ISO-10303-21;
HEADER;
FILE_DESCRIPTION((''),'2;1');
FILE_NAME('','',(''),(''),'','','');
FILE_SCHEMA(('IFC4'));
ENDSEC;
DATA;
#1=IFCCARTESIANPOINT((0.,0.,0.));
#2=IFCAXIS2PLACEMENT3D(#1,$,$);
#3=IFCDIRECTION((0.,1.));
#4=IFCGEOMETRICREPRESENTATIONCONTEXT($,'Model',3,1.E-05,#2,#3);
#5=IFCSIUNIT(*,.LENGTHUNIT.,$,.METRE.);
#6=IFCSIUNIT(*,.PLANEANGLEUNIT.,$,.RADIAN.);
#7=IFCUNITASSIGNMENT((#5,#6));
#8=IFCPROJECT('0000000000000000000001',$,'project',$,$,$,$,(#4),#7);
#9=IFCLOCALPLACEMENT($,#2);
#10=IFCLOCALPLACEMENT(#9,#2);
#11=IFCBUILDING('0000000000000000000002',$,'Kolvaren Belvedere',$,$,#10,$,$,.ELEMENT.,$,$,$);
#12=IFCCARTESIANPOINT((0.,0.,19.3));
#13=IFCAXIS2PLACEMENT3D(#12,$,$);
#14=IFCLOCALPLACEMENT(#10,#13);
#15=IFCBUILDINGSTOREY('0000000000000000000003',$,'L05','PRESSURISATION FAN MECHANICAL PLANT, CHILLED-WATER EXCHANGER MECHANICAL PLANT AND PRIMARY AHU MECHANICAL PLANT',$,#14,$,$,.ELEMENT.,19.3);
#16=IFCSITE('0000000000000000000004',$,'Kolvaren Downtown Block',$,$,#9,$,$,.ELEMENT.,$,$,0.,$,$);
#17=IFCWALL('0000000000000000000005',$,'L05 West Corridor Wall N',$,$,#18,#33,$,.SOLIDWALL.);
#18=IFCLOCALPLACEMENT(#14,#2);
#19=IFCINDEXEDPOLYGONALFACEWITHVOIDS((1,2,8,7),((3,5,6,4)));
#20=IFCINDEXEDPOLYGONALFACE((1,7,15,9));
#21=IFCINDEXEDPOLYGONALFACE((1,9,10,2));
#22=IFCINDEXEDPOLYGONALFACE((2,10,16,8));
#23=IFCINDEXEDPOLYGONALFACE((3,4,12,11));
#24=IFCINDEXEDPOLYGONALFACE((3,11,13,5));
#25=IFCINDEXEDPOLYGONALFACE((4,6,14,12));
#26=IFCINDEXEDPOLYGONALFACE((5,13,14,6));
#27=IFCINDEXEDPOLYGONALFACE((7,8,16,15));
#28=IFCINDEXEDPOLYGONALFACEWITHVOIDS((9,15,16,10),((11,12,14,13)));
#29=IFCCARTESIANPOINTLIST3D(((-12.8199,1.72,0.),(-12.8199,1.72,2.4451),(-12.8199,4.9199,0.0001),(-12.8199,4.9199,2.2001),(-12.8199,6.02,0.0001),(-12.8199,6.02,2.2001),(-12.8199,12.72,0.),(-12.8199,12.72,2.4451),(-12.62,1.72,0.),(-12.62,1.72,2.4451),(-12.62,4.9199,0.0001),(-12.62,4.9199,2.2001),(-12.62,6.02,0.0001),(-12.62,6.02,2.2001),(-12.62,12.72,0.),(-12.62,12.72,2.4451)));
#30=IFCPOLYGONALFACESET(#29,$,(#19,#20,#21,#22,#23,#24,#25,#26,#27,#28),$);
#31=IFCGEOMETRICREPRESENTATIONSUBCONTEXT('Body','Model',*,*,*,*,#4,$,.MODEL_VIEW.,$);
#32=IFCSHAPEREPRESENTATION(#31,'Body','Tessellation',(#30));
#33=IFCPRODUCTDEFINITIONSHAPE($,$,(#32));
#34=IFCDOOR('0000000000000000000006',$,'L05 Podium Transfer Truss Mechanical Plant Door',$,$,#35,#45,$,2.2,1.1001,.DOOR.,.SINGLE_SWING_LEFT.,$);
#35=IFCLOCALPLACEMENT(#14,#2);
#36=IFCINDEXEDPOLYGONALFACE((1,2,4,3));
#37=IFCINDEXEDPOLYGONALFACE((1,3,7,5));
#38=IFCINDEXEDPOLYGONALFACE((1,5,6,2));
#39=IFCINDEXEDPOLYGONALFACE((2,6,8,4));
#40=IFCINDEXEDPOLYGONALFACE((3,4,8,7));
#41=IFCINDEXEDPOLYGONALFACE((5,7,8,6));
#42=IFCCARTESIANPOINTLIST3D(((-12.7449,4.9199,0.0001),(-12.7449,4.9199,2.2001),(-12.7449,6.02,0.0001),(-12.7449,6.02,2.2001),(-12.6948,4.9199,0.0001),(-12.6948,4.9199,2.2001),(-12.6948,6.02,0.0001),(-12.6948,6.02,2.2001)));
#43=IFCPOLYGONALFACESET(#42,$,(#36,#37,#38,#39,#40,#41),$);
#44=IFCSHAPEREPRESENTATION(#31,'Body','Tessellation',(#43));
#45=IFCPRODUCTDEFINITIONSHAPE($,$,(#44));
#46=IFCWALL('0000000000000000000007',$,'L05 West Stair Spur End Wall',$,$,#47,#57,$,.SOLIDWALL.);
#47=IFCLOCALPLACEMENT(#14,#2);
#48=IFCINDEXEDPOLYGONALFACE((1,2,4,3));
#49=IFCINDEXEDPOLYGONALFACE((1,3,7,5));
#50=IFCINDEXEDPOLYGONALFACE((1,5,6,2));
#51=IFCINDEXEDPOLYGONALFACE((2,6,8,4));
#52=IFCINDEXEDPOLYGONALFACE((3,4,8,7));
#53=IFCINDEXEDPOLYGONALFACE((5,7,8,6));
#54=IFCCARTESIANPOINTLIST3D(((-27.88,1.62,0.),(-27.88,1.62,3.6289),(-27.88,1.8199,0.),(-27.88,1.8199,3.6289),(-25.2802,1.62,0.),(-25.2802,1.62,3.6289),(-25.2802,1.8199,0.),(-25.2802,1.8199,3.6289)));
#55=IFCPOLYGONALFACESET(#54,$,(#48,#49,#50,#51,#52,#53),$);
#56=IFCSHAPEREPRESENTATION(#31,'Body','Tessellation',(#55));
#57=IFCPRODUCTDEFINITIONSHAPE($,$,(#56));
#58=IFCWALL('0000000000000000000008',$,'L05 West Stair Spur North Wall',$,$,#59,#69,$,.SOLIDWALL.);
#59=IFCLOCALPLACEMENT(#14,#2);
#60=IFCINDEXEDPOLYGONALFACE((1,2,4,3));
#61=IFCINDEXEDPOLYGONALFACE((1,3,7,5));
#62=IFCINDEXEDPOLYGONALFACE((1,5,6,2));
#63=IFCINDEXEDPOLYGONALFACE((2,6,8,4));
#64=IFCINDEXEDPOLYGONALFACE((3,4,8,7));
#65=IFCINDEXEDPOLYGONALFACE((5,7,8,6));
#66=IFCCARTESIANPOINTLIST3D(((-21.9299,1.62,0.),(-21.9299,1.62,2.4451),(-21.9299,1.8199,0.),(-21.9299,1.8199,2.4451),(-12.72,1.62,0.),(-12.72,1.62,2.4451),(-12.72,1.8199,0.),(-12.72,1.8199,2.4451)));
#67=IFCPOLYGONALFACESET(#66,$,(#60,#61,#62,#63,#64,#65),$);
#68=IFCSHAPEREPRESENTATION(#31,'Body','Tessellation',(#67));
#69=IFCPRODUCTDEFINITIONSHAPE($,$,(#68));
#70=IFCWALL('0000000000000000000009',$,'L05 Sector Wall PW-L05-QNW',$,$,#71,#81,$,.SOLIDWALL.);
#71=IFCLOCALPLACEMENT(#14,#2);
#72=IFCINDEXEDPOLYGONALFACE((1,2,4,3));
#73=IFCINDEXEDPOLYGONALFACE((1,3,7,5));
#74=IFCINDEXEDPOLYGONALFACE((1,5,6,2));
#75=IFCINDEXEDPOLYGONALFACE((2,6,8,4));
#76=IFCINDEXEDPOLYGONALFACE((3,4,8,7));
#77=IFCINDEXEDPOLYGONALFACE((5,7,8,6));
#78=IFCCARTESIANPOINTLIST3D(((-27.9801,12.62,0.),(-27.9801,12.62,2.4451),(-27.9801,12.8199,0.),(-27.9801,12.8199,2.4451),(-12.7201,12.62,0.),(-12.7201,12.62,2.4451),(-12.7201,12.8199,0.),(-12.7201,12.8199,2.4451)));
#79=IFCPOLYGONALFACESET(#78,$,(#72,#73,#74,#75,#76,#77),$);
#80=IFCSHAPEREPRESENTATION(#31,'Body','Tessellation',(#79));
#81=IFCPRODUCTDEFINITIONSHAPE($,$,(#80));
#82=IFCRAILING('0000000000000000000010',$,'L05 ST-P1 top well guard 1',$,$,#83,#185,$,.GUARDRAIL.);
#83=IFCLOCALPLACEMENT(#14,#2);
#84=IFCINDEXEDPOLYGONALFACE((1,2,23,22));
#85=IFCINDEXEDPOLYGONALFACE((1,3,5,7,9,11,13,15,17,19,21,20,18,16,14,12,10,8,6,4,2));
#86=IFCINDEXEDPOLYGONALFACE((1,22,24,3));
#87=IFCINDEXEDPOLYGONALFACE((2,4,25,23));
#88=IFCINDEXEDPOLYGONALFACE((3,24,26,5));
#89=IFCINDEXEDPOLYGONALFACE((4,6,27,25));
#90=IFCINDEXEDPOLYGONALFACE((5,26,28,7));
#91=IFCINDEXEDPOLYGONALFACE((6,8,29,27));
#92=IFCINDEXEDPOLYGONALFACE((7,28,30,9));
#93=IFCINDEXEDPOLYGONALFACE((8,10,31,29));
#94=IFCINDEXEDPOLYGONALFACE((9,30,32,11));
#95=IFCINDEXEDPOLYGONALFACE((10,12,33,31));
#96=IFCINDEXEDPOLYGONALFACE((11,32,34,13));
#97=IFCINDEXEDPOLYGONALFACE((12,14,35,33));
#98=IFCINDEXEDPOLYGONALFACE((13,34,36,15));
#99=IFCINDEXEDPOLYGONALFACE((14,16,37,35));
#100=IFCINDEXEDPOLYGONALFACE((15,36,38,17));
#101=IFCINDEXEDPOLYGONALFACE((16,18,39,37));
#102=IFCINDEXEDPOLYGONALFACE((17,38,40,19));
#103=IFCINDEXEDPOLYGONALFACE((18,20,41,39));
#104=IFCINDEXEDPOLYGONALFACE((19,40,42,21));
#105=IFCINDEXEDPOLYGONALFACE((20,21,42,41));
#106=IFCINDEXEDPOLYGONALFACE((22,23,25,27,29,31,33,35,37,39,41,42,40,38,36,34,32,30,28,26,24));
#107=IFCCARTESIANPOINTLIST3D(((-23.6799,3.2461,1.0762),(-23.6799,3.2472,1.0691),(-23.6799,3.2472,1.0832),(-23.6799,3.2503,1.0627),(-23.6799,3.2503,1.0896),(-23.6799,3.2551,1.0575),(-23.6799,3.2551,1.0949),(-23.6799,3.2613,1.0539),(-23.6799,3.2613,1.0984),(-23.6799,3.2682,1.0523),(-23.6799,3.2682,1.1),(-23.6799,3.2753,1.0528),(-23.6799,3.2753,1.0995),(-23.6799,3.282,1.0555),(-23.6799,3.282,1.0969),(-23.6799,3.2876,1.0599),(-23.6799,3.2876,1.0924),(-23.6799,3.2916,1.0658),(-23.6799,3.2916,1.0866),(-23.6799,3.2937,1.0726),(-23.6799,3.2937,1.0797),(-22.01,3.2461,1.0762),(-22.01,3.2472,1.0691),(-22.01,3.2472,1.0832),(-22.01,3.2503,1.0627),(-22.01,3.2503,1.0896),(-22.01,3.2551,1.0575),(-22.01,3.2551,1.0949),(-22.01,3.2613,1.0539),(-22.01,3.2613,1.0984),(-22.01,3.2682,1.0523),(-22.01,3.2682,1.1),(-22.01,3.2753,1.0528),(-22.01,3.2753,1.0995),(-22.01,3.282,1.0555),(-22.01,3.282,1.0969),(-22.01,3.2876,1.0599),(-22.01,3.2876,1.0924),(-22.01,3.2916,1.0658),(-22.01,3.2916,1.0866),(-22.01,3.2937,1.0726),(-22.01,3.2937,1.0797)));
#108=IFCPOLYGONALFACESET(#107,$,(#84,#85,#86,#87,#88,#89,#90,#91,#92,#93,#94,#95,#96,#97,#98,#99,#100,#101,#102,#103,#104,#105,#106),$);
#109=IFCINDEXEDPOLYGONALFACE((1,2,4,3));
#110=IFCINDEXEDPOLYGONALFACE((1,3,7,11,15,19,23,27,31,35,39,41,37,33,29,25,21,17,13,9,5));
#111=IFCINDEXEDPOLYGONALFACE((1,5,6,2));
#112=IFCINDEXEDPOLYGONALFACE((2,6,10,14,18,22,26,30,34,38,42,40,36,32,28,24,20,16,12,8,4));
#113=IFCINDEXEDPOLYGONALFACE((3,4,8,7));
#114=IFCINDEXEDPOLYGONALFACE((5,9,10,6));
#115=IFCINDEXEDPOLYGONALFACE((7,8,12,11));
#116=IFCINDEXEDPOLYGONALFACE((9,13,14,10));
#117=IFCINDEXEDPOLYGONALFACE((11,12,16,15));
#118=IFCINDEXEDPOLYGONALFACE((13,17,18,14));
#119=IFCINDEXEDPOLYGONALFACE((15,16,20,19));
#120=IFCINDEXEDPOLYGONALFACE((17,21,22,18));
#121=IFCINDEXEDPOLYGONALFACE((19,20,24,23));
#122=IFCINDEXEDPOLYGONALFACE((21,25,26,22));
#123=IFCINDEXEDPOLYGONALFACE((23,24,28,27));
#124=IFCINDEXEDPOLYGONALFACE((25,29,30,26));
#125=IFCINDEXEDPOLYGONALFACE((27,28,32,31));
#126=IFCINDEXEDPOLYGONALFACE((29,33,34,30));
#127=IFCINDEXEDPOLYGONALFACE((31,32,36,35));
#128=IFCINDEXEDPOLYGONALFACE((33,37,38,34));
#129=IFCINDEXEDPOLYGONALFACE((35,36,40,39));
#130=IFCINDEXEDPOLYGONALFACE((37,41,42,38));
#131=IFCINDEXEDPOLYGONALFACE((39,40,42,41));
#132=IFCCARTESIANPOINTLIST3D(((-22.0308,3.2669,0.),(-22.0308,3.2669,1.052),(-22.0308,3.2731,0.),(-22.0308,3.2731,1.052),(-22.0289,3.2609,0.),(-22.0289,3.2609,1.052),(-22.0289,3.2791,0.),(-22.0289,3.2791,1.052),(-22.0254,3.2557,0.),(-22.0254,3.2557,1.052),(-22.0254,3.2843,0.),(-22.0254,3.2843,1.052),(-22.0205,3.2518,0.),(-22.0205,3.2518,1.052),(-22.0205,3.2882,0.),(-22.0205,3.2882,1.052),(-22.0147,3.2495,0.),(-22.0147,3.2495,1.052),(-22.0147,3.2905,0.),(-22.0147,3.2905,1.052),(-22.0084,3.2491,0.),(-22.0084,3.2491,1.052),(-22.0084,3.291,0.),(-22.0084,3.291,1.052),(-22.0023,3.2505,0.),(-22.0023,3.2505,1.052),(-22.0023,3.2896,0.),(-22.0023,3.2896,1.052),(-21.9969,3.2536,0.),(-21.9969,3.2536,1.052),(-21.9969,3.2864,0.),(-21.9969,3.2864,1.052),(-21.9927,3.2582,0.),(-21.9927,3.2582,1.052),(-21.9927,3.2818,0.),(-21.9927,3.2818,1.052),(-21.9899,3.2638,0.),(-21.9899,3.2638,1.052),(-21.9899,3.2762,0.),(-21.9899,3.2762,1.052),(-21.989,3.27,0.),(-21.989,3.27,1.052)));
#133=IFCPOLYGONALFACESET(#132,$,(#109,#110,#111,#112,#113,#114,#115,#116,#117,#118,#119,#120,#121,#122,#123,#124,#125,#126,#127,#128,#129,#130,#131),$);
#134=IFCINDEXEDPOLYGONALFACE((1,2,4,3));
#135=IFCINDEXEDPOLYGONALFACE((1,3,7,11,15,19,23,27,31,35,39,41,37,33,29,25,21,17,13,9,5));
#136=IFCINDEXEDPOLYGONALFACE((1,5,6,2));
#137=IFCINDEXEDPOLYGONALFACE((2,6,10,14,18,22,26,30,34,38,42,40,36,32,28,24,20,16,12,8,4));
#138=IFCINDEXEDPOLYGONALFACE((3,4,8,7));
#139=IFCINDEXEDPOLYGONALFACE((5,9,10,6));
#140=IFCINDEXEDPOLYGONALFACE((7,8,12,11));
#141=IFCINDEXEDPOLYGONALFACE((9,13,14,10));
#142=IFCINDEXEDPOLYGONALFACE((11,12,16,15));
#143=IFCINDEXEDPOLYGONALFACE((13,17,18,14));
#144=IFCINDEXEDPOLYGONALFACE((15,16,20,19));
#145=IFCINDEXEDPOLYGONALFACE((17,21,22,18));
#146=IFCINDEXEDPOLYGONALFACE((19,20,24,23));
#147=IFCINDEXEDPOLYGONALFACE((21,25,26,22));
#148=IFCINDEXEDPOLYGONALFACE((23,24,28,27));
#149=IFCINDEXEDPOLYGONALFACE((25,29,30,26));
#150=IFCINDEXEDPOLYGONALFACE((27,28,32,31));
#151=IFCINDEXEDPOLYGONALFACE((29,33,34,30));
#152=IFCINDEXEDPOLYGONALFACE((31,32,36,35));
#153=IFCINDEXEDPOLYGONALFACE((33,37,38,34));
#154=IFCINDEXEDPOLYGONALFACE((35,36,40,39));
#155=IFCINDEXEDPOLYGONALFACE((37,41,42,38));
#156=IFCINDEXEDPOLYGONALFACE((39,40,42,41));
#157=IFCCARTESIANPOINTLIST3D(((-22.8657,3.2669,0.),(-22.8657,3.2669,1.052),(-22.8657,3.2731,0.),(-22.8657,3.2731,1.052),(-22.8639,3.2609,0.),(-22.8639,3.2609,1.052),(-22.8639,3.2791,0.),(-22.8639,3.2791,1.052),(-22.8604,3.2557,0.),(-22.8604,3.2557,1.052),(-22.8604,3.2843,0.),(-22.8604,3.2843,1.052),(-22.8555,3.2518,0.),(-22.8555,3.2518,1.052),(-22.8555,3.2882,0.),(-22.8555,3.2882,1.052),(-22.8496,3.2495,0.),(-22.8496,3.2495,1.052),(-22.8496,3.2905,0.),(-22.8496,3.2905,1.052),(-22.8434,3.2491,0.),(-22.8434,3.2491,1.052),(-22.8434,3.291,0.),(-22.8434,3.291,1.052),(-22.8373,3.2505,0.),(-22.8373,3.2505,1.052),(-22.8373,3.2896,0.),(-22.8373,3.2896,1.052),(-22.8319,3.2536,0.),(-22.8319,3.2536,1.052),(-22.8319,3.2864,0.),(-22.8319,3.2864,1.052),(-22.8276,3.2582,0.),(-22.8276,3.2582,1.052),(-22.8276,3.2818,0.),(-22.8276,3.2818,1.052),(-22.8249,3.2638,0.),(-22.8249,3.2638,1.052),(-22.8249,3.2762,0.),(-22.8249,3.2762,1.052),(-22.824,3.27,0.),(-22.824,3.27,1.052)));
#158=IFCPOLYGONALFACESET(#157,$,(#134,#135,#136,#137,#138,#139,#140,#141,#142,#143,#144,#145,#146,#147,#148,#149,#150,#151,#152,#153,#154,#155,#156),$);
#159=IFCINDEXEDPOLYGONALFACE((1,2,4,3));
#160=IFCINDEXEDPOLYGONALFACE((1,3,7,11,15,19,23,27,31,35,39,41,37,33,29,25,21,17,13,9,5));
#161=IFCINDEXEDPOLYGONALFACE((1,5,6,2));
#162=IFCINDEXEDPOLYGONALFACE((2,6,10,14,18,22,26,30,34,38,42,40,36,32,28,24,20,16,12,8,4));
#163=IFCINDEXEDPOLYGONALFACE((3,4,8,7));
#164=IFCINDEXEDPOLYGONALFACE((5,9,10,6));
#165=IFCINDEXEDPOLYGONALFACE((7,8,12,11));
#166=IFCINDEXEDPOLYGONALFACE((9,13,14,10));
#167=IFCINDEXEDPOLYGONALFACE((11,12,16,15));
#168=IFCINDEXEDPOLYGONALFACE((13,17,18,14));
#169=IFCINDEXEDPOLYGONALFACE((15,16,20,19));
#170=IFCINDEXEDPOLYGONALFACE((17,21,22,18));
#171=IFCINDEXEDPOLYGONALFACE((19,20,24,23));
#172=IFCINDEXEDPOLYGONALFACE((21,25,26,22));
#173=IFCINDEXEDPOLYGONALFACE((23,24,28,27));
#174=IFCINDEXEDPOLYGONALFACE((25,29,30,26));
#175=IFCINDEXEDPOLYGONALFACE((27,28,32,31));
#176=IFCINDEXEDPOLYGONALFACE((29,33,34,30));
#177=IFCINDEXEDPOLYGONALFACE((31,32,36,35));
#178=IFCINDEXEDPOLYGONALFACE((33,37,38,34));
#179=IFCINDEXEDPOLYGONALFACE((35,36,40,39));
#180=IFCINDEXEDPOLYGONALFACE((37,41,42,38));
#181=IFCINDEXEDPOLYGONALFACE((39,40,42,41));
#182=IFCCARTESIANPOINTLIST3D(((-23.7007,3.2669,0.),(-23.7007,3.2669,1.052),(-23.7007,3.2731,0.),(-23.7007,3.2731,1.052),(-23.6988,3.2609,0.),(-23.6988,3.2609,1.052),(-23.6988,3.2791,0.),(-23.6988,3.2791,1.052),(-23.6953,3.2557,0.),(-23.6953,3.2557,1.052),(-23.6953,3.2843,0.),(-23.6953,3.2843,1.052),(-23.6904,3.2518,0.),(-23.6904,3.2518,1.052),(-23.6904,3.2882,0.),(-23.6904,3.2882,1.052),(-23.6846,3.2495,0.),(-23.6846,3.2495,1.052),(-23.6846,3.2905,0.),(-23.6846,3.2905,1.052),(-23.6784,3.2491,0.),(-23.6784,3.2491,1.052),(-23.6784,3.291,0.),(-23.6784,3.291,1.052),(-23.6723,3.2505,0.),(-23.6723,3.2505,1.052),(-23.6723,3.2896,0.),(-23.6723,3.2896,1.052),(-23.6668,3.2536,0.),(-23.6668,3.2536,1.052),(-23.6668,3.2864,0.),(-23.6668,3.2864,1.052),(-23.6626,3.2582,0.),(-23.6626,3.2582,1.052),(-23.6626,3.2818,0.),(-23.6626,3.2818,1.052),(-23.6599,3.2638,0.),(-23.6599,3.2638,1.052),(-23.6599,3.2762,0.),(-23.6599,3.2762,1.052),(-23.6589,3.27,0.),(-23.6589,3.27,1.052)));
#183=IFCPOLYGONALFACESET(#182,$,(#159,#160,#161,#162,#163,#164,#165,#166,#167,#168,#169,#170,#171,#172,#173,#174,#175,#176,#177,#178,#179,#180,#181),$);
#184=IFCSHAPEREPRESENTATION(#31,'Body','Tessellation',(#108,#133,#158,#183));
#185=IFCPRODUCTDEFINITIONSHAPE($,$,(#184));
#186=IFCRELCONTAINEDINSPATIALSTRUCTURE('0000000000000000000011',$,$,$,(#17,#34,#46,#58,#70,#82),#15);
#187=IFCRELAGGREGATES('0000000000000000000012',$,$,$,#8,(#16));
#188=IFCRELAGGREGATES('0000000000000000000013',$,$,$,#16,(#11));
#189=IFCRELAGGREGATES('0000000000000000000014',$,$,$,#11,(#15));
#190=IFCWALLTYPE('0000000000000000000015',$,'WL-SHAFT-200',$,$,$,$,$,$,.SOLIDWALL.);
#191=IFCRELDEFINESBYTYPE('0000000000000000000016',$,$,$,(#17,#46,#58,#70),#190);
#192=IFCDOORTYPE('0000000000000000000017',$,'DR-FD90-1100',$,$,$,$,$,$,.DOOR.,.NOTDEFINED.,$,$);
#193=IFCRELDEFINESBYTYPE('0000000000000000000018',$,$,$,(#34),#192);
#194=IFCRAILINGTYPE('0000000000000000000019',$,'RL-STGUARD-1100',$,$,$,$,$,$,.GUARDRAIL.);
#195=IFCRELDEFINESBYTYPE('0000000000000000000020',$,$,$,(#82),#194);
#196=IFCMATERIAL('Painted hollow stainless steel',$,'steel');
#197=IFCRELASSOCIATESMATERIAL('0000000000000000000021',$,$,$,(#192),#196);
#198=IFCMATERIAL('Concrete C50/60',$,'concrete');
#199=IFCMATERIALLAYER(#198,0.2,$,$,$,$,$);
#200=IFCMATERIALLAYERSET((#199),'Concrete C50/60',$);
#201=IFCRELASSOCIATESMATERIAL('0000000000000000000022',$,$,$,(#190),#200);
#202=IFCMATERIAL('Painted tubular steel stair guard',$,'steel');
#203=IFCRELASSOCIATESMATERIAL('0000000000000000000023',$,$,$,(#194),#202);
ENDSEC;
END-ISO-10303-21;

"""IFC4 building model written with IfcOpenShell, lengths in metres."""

from ifc_helpers import new_model, si_unit, direction, frame, frame_2d, origin, origin_2d, place, context, subcontext, project, spatial, rectangle, circle, extrude, material, layer, layer_set, type_object, element, fill, save


model = new_model("IFC4")

# Units and contexts
model_context = context("Model", 3, precision=1e-05, world=origin(), true_north=direction((0.0, 1.0)))
body_context = subcontext(model_context, "Body", "Model", "MODEL_VIEW")
ifc_project = project(units=[si_unit("LENGTHUNIT", "METRE"), si_unit("PLANEANGLEUNIT", "RADIAN")], contexts=[model_context])

# Site, building, storey
site_placement = place(None, origin())
site = spatial("IfcSite", under=ifc_project, at=site_placement, Name="Kolvaren Downtown Block", CompositionType="ELEMENT", RefElevation=0.0)
building_placement = place(site_placement, origin())
building = spatial("IfcBuilding", under=site, at=building_placement, Name="Kolvaren Belvedere", CompositionType="ELEMENT")
storey_placement = place(building_placement, frame((0.0, 0.0, 19.3)))
storey = spatial("IfcBuildingStorey", under=building, at=storey_placement, Name="L05", Description="PRESSURISATION FAN MECHANICAL PLANT, CHILLED-WATER EXCHANGER MECHANICAL PLANT AND PRIMARY AHU MECHANICAL PLANT", CompositionType="ELEMENT", Elevation=19.3)

# Shared definitions
ifc_material_1 = material(Name="Painted hollow stainless steel", Category="steel")
door_type = type_object("IfcDoorType", Name="DR-FD90-1100", OperationType="NOTDEFINED", PredefinedType="DOOR", material=ifc_material_1)

# Shared definitions
ifc_material_2 = material(Name="Concrete C50/60", Category="concrete")
ifc_layer_1 = layer(ifc_material_2, 0.2)
ifc_layer_set_1 = layer_set([ifc_layer_1], Name="Concrete C50/60")
wall_type_1 = type_object("IfcWallType", Name="WL-SHAFT-200", PredefinedType="SOLIDWALL", material=ifc_layer_set_1)

# Wall, opening, door
wall_1_placement = place(storey_placement, frame((-12.72, 1.72, 0.0), z_axis=(0.0, 0.0, 1.0), x_axis=(0.0, 1.0, 0.0)))
wall_1 = element("IfcWall", 1, at=wall_1_placement, inside=storey, type_object=wall_type_1, Name="L05 West Corridor Wall N", PredefinedType="SOLIDWALL", context=body_context, shape_type="SweptSolid", body=[
    extrude(rectangle(XDim=11.0, YDim=0.2, at=frame_2d((5.5, 0.0))), origin(), (0.0, 0.0, 1.0), 2.4451),
])
opening_1_placement = place(wall_1_placement, frame((3.2, 0.0, 0.0)))
opening_1 = element("IfcOpeningElement", 2, at=opening_1_placement, cuts=wall_1, PredefinedType="OPENING", context=body_context, shape_type="SweptSolid", body=[
    extrude(rectangle(XDim=1.1001, YDim=2.2, at=frame_2d((0.55, 1.1001))), frame((0.0, 0.1099, 0.0), z_axis=(0.0, -1.0, 0.0), x_axis=(1.0, 0.0, 0.0)), (0.0, 0.0, 1.0), 0.22),
])
door_1_placement = place(opening_1_placement, origin())
door_1 = element("IfcDoor", 3, at=door_1_placement, inside=storey, type_object=door_type, Name="L05 Podium Transfer Truss Mechanical Plant Door", OperationType="SINGLE_SWING_LEFT", OverallHeight=2.2, OverallWidth=1.1001, PredefinedType="DOOR", context=body_context, shape_type="SweptSolid", body=[
    extrude(rectangle(XDim=1.1001, YDim=2.2, at=frame_2d((0.55, 1.1001))), frame((0.0, 0.0249, 0.0), z_axis=(0.0, -1.0, 0.0), x_axis=(1.0, 0.0, 0.0)), (0.0, 0.0, 1.0), 0.05),
])
fill(opening_1, door_1)

# Walls
wall_2_placement = place(storey_placement, frame((-27.8799, 1.72, 0.0), z_axis=(0.0, 0.0, 1.0), x_axis=(1.0, 0.0, 0.0)))
element("IfcWall", 4, at=wall_2_placement, inside=storey, type_object=wall_type_1, Name="L05 West Stair Spur End Wall", PredefinedType="SOLIDWALL", context=body_context, shape_type="SweptSolid", body=[
    extrude(rectangle(XDim=2.5999, YDim=0.2, at=frame_2d((1.2998, 0.0))), origin(), (0.0, 0.0, 1.0), 3.6289),
])
wall_3_placement = place(storey_placement, frame((-21.9299, 1.72, 0.0), z_axis=(0.0, 0.0, 1.0), x_axis=(1.0, 0.0, 0.0)))
element("IfcWall", 5, at=wall_3_placement, inside=storey, type_object=wall_type_1, Name="L05 West Stair Spur North Wall", PredefinedType="SOLIDWALL", context=body_context, shape_type="SweptSolid", body=[
    extrude(rectangle(XDim=9.21, YDim=0.2, at=frame_2d((4.605, 0.0))), origin(), (0.0, 0.0, 1.0), 2.4451),
])
wall_4_placement = place(storey_placement, frame((-27.98, 12.72, 0.0), z_axis=(0.0, 0.0, 1.0), x_axis=(1.0, 0.0, 0.0)))
element("IfcWall", 6, at=wall_4_placement, inside=storey, type_object=wall_type_1, Name="L05 Sector Wall PW-L05-QNW", PredefinedType="SOLIDWALL", context=body_context, shape_type="SweptSolid", body=[
    extrude(rectangle(XDim=15.26, YDim=0.2, at=frame_2d((7.6299, 0.0))), origin(), (0.0, 0.0, 1.0), 2.4451),
])

# Railing
ifc_material_3 = material(Name="Painted tubular steel stair guard", Category="steel")
railing_type = type_object("IfcRailingType", Name="RL-STGUARD-1100", PredefinedType="GUARDRAIL", material=ifc_material_3)
railing_placement = place(storey_placement, frame((-22.01, 3.27, 0.0)))
element("IfcRailing", 7, at=railing_placement, inside=storey, type_object=railing_type, Name="L05 ST-P1 top well guard 1", PredefinedType="GUARDRAIL", context=body_context, shape_type="SweptSolid", body=[
    extrude(circle(Radius=0.0239, at=origin_2d()), frame((0.0, 0.0, 1.0762), z_axis=(-1.0, 0.0, 0.0), x_axis=(0.0, -1.0, 0.0)), (0.0, 0.0, 1.0), 1.6699),
    extrude(circle(Radius=0.021, at=origin_2d()), origin(), (0.0, 0.0, 1.0), 1.052),
    extrude(circle(Radius=0.021, at=origin_2d()), frame((-0.835, 0.0, 0.0)), (0.0, 0.0, 1.0), 1.052),
    extrude(circle(Radius=0.021, at=origin_2d()), frame((-1.6699, 0.0, 0.0)), (0.0, 0.0, 1.0), 1.052),
])

save(model, "model.ifc")
